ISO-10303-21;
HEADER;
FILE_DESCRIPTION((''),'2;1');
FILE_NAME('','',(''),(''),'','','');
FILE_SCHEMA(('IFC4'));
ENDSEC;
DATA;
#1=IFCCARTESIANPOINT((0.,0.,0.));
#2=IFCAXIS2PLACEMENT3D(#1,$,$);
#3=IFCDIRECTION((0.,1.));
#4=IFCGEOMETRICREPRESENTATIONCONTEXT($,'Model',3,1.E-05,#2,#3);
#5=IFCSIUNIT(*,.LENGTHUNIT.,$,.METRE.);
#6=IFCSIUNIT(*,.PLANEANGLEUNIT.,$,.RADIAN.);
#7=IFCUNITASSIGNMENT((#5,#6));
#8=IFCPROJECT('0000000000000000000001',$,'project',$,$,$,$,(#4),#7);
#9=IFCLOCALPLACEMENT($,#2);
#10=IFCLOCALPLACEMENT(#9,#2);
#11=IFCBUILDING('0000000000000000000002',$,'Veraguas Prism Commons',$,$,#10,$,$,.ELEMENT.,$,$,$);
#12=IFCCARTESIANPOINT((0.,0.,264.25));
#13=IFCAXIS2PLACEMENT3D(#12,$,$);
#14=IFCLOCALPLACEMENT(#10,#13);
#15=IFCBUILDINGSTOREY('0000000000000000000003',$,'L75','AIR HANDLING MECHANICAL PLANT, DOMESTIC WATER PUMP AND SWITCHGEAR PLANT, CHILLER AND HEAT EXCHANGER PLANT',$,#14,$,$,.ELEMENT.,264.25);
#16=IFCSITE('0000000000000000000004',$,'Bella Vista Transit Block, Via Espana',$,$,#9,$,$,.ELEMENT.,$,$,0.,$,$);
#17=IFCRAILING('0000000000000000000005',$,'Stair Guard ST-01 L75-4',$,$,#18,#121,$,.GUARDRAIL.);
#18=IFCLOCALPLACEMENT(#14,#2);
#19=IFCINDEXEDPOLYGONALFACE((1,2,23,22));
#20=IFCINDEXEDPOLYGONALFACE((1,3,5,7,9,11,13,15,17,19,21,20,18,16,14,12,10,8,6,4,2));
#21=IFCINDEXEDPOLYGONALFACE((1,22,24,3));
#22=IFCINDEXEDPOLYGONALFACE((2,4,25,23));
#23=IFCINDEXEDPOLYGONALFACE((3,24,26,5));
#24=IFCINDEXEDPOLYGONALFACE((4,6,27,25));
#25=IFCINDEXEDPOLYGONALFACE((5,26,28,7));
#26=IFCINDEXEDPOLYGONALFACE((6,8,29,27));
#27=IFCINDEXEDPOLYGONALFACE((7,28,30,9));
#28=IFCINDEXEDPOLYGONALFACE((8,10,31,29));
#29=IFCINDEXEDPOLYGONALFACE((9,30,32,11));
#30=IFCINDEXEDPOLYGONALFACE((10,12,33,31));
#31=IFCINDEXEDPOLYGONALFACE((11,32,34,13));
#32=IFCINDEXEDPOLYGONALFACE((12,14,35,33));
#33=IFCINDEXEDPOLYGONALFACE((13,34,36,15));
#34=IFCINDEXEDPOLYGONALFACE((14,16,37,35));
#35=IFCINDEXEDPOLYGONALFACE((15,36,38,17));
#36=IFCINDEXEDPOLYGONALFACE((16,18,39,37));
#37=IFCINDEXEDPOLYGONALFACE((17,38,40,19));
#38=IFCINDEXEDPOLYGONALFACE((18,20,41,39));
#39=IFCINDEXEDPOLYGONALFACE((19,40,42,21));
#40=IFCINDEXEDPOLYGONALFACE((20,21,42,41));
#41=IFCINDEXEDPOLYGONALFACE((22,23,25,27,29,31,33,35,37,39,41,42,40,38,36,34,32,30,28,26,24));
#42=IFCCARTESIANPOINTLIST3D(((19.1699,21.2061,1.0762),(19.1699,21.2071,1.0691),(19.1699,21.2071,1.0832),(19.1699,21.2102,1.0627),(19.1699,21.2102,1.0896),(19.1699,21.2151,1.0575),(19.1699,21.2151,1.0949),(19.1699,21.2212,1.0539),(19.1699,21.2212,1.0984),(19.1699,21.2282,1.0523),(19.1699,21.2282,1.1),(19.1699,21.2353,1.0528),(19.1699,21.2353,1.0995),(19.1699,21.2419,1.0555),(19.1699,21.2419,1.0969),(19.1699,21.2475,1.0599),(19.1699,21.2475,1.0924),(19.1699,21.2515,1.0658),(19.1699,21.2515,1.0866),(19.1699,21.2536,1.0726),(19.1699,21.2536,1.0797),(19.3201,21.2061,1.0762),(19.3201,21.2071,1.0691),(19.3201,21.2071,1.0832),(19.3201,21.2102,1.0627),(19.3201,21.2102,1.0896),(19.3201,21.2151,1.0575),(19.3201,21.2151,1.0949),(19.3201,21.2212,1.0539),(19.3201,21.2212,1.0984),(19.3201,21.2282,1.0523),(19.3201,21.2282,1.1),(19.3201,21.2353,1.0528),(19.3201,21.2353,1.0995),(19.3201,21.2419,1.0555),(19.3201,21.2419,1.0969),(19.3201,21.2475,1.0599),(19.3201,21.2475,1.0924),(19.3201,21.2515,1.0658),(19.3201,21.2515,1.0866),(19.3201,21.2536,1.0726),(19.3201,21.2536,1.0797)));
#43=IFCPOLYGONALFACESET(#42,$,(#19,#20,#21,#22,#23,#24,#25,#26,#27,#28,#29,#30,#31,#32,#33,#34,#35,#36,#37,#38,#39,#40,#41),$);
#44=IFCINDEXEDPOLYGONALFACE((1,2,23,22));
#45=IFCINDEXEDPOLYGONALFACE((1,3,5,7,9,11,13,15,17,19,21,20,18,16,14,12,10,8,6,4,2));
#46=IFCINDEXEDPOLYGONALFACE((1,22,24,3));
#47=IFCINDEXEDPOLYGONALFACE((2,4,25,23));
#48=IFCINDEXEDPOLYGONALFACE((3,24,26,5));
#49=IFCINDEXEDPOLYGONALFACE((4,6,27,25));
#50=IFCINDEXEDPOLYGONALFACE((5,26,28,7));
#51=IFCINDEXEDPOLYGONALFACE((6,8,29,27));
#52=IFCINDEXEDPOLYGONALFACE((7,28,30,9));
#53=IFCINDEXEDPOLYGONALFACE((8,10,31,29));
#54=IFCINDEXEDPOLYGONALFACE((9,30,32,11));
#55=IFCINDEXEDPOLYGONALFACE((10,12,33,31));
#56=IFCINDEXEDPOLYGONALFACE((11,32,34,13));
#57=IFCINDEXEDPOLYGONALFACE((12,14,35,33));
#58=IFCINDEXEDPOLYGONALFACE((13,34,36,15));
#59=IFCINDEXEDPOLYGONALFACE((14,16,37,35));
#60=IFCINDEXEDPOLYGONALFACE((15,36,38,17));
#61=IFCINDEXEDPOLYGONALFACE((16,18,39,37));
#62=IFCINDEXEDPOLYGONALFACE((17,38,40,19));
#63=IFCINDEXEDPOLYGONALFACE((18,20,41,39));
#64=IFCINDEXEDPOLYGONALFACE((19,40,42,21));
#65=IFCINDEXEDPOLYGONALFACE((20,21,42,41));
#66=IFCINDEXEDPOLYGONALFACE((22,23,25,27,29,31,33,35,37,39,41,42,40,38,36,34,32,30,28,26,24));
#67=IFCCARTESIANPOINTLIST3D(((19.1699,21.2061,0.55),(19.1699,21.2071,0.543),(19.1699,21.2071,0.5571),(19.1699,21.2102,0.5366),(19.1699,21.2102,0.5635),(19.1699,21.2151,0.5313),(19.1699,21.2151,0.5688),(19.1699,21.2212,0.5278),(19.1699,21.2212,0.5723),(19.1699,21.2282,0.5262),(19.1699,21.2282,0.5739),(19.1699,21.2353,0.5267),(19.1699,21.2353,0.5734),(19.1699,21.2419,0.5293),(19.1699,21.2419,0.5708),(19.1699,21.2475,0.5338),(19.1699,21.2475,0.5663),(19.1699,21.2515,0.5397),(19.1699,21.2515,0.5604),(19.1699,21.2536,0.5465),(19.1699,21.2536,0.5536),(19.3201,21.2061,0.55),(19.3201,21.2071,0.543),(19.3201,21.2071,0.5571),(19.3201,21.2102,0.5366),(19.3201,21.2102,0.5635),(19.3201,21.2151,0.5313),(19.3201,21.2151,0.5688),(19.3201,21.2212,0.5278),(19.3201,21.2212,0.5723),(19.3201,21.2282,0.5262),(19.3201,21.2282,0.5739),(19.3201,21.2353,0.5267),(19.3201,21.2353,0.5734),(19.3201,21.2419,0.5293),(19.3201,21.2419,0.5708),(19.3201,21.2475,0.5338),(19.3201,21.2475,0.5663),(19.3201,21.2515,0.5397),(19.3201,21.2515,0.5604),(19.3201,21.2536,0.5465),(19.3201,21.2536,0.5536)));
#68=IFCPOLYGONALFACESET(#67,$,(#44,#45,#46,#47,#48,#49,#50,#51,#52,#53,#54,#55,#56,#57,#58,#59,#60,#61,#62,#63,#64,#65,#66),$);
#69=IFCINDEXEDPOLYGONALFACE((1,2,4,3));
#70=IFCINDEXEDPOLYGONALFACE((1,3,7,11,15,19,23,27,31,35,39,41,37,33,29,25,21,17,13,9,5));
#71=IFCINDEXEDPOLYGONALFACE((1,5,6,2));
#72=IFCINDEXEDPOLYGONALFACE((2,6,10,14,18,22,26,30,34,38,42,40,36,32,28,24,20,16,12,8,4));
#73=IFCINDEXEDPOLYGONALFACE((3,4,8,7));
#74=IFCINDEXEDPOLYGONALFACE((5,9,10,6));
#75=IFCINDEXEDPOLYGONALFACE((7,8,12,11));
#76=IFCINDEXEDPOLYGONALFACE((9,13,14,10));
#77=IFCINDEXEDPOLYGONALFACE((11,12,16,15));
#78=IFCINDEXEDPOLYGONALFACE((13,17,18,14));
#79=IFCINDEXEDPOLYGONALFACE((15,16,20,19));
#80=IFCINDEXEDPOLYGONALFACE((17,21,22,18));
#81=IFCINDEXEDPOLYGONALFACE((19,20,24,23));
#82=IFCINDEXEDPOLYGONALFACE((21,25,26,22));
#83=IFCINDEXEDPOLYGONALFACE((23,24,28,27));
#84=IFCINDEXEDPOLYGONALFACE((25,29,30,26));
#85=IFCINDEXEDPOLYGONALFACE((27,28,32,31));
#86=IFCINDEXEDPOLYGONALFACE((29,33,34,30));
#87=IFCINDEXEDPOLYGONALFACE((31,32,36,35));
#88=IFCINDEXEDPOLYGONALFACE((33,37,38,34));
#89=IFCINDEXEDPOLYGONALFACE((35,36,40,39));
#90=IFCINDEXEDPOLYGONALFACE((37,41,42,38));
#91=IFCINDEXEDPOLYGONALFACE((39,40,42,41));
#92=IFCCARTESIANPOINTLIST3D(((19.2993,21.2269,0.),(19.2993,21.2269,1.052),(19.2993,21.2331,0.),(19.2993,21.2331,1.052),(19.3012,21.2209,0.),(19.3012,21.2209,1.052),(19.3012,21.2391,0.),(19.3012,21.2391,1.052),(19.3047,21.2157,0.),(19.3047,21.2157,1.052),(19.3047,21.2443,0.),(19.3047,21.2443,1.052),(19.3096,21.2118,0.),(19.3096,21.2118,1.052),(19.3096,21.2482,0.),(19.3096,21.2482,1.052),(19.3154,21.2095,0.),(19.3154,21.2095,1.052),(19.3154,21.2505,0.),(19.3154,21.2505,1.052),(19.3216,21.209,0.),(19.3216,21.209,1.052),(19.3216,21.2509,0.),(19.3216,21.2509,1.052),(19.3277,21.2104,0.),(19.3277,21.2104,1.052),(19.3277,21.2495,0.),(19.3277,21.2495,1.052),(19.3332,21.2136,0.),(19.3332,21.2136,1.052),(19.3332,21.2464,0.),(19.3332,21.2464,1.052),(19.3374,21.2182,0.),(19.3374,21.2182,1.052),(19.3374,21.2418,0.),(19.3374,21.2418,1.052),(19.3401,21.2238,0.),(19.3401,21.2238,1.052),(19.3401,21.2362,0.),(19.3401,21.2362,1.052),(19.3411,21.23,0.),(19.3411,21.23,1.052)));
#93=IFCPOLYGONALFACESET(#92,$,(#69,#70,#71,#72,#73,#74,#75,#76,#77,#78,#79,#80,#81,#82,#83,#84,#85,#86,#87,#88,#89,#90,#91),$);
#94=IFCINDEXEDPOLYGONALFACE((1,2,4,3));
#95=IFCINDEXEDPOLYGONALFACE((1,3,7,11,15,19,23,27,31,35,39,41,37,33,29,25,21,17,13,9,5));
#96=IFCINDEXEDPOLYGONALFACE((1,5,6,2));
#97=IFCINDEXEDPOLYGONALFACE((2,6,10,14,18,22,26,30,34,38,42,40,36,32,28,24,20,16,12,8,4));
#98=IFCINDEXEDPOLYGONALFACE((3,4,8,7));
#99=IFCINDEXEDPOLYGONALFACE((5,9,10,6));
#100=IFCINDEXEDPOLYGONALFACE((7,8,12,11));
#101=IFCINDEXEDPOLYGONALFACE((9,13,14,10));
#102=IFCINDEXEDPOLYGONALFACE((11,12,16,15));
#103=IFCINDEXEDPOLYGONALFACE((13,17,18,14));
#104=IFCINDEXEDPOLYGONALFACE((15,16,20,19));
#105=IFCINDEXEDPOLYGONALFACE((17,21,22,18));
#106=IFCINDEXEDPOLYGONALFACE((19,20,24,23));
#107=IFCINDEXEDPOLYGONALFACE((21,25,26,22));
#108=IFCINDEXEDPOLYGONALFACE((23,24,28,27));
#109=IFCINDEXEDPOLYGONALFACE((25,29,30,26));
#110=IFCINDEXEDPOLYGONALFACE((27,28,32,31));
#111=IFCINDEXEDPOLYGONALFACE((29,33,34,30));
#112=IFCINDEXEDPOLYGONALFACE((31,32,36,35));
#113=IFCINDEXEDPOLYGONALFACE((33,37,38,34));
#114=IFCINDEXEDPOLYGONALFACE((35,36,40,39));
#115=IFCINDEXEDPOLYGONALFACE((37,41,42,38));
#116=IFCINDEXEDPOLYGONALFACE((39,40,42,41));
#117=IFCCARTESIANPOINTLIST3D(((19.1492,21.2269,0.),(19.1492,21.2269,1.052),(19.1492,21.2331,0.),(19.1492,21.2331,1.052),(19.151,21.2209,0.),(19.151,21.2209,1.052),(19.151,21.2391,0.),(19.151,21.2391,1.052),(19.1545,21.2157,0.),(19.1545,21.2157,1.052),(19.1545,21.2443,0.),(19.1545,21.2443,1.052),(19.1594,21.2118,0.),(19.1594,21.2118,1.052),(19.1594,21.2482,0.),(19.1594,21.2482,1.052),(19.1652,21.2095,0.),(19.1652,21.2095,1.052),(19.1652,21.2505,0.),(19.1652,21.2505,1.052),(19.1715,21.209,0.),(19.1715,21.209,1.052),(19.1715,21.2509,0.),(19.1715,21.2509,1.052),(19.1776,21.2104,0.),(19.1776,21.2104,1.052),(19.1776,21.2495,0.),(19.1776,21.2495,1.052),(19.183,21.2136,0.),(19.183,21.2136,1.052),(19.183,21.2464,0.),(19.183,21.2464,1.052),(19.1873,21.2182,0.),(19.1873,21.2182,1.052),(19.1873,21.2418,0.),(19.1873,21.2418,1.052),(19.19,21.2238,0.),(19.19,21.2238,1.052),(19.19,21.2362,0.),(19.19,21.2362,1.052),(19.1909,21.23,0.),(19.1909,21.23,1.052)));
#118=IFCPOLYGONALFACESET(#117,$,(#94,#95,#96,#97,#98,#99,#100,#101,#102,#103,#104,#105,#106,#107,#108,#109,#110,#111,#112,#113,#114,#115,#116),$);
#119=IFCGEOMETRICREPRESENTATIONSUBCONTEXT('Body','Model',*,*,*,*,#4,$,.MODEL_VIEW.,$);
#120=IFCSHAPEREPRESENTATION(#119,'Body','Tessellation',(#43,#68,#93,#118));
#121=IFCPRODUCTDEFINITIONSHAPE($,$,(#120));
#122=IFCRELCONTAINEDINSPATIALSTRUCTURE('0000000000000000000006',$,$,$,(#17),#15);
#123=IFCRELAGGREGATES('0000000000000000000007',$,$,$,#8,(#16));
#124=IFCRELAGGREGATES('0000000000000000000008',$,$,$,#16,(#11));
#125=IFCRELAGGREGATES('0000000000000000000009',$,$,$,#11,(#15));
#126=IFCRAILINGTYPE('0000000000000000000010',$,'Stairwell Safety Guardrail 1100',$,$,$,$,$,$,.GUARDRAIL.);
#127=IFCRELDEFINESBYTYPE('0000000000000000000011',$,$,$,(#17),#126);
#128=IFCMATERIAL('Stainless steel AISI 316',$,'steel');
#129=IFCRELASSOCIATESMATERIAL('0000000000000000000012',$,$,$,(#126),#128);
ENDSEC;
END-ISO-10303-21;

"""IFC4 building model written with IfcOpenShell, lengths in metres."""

from ifc_helpers import new_model, si_unit, direction, frame, origin, origin_2d, place, context, subcontext, project, spatial, circle, extrude, material, type_object, element, save


model = new_model("IFC4")

# Units and contexts
model_context = context("Model", 3, precision=1e-05, world=origin(), true_north=direction((0.0, 1.0)))
body_context = subcontext(model_context, "Body", "Model", "MODEL_VIEW")
ifc_project = project(units=[si_unit("LENGTHUNIT", "METRE"), si_unit("PLANEANGLEUNIT", "RADIAN")], contexts=[model_context])

# Site, building, storey
site_placement = place(None, origin())
site = spatial("IfcSite", under=ifc_project, at=site_placement, Name="Bella Vista Transit Block, Via Espana", CompositionType="ELEMENT", RefElevation=0.0)
building_placement = place(site_placement, origin())
building = spatial("IfcBuilding", under=site, at=building_placement, Name="Veraguas Prism Commons", CompositionType="ELEMENT")
storey_placement = place(building_placement, frame((0.0, 0.0, 264.25)))
storey = spatial("IfcBuildingStorey", under=building, at=storey_placement, Name="L75", Description="AIR HANDLING MECHANICAL PLANT, DOMESTIC WATER PUMP AND SWITCHGEAR PLANT, CHILLER AND HEAT EXCHANGER PLANT", CompositionType="ELEMENT", Elevation=264.25)

# Shared definitions
ifc_material_1 = material(Name="Stainless steel AISI 316", Category="steel")

# Railing
railing_type = type_object("IfcRailingType", Name="Stairwell Safety Guardrail 1100", PredefinedType="GUARDRAIL", material=ifc_material_1)
railing_1_placement = place(storey_placement, frame((19.3201, 21.23, 0.0)))
element("IfcRailing", 1, at=railing_1_placement, inside=storey, type_object=railing_type, Name="Stair Guard ST-01 L75-4", PredefinedType="GUARDRAIL", context=body_context, shape_type="SweptSolid", body=[
    extrude(circle(Radius=0.0239, at=origin_2d()), frame((0.0, 0.0, 1.0762), z_axis=(-1.0, 0.0, 0.0), x_axis=(0.0, -1.0, 0.0)), (0.0, 0.0, 1.0), 0.1501),
    extrude(circle(Radius=0.0239, at=origin_2d()), frame((0.0, 0.0, 0.55), z_axis=(-1.0, 0.0, 0.0), x_axis=(0.0, -1.0, 0.0)), (0.0, 0.0, 1.0), 0.1501),
    extrude(circle(Radius=0.021, at=origin_2d()), origin(), (0.0, 0.0, 1.0), 1.052),
    extrude(circle(Radius=0.021, at=origin_2d()), frame((-0.1501, 0.0, 0.0)), (0.0, 0.0, 1.0), 1.052),
])

save(model, "model.ifc")
